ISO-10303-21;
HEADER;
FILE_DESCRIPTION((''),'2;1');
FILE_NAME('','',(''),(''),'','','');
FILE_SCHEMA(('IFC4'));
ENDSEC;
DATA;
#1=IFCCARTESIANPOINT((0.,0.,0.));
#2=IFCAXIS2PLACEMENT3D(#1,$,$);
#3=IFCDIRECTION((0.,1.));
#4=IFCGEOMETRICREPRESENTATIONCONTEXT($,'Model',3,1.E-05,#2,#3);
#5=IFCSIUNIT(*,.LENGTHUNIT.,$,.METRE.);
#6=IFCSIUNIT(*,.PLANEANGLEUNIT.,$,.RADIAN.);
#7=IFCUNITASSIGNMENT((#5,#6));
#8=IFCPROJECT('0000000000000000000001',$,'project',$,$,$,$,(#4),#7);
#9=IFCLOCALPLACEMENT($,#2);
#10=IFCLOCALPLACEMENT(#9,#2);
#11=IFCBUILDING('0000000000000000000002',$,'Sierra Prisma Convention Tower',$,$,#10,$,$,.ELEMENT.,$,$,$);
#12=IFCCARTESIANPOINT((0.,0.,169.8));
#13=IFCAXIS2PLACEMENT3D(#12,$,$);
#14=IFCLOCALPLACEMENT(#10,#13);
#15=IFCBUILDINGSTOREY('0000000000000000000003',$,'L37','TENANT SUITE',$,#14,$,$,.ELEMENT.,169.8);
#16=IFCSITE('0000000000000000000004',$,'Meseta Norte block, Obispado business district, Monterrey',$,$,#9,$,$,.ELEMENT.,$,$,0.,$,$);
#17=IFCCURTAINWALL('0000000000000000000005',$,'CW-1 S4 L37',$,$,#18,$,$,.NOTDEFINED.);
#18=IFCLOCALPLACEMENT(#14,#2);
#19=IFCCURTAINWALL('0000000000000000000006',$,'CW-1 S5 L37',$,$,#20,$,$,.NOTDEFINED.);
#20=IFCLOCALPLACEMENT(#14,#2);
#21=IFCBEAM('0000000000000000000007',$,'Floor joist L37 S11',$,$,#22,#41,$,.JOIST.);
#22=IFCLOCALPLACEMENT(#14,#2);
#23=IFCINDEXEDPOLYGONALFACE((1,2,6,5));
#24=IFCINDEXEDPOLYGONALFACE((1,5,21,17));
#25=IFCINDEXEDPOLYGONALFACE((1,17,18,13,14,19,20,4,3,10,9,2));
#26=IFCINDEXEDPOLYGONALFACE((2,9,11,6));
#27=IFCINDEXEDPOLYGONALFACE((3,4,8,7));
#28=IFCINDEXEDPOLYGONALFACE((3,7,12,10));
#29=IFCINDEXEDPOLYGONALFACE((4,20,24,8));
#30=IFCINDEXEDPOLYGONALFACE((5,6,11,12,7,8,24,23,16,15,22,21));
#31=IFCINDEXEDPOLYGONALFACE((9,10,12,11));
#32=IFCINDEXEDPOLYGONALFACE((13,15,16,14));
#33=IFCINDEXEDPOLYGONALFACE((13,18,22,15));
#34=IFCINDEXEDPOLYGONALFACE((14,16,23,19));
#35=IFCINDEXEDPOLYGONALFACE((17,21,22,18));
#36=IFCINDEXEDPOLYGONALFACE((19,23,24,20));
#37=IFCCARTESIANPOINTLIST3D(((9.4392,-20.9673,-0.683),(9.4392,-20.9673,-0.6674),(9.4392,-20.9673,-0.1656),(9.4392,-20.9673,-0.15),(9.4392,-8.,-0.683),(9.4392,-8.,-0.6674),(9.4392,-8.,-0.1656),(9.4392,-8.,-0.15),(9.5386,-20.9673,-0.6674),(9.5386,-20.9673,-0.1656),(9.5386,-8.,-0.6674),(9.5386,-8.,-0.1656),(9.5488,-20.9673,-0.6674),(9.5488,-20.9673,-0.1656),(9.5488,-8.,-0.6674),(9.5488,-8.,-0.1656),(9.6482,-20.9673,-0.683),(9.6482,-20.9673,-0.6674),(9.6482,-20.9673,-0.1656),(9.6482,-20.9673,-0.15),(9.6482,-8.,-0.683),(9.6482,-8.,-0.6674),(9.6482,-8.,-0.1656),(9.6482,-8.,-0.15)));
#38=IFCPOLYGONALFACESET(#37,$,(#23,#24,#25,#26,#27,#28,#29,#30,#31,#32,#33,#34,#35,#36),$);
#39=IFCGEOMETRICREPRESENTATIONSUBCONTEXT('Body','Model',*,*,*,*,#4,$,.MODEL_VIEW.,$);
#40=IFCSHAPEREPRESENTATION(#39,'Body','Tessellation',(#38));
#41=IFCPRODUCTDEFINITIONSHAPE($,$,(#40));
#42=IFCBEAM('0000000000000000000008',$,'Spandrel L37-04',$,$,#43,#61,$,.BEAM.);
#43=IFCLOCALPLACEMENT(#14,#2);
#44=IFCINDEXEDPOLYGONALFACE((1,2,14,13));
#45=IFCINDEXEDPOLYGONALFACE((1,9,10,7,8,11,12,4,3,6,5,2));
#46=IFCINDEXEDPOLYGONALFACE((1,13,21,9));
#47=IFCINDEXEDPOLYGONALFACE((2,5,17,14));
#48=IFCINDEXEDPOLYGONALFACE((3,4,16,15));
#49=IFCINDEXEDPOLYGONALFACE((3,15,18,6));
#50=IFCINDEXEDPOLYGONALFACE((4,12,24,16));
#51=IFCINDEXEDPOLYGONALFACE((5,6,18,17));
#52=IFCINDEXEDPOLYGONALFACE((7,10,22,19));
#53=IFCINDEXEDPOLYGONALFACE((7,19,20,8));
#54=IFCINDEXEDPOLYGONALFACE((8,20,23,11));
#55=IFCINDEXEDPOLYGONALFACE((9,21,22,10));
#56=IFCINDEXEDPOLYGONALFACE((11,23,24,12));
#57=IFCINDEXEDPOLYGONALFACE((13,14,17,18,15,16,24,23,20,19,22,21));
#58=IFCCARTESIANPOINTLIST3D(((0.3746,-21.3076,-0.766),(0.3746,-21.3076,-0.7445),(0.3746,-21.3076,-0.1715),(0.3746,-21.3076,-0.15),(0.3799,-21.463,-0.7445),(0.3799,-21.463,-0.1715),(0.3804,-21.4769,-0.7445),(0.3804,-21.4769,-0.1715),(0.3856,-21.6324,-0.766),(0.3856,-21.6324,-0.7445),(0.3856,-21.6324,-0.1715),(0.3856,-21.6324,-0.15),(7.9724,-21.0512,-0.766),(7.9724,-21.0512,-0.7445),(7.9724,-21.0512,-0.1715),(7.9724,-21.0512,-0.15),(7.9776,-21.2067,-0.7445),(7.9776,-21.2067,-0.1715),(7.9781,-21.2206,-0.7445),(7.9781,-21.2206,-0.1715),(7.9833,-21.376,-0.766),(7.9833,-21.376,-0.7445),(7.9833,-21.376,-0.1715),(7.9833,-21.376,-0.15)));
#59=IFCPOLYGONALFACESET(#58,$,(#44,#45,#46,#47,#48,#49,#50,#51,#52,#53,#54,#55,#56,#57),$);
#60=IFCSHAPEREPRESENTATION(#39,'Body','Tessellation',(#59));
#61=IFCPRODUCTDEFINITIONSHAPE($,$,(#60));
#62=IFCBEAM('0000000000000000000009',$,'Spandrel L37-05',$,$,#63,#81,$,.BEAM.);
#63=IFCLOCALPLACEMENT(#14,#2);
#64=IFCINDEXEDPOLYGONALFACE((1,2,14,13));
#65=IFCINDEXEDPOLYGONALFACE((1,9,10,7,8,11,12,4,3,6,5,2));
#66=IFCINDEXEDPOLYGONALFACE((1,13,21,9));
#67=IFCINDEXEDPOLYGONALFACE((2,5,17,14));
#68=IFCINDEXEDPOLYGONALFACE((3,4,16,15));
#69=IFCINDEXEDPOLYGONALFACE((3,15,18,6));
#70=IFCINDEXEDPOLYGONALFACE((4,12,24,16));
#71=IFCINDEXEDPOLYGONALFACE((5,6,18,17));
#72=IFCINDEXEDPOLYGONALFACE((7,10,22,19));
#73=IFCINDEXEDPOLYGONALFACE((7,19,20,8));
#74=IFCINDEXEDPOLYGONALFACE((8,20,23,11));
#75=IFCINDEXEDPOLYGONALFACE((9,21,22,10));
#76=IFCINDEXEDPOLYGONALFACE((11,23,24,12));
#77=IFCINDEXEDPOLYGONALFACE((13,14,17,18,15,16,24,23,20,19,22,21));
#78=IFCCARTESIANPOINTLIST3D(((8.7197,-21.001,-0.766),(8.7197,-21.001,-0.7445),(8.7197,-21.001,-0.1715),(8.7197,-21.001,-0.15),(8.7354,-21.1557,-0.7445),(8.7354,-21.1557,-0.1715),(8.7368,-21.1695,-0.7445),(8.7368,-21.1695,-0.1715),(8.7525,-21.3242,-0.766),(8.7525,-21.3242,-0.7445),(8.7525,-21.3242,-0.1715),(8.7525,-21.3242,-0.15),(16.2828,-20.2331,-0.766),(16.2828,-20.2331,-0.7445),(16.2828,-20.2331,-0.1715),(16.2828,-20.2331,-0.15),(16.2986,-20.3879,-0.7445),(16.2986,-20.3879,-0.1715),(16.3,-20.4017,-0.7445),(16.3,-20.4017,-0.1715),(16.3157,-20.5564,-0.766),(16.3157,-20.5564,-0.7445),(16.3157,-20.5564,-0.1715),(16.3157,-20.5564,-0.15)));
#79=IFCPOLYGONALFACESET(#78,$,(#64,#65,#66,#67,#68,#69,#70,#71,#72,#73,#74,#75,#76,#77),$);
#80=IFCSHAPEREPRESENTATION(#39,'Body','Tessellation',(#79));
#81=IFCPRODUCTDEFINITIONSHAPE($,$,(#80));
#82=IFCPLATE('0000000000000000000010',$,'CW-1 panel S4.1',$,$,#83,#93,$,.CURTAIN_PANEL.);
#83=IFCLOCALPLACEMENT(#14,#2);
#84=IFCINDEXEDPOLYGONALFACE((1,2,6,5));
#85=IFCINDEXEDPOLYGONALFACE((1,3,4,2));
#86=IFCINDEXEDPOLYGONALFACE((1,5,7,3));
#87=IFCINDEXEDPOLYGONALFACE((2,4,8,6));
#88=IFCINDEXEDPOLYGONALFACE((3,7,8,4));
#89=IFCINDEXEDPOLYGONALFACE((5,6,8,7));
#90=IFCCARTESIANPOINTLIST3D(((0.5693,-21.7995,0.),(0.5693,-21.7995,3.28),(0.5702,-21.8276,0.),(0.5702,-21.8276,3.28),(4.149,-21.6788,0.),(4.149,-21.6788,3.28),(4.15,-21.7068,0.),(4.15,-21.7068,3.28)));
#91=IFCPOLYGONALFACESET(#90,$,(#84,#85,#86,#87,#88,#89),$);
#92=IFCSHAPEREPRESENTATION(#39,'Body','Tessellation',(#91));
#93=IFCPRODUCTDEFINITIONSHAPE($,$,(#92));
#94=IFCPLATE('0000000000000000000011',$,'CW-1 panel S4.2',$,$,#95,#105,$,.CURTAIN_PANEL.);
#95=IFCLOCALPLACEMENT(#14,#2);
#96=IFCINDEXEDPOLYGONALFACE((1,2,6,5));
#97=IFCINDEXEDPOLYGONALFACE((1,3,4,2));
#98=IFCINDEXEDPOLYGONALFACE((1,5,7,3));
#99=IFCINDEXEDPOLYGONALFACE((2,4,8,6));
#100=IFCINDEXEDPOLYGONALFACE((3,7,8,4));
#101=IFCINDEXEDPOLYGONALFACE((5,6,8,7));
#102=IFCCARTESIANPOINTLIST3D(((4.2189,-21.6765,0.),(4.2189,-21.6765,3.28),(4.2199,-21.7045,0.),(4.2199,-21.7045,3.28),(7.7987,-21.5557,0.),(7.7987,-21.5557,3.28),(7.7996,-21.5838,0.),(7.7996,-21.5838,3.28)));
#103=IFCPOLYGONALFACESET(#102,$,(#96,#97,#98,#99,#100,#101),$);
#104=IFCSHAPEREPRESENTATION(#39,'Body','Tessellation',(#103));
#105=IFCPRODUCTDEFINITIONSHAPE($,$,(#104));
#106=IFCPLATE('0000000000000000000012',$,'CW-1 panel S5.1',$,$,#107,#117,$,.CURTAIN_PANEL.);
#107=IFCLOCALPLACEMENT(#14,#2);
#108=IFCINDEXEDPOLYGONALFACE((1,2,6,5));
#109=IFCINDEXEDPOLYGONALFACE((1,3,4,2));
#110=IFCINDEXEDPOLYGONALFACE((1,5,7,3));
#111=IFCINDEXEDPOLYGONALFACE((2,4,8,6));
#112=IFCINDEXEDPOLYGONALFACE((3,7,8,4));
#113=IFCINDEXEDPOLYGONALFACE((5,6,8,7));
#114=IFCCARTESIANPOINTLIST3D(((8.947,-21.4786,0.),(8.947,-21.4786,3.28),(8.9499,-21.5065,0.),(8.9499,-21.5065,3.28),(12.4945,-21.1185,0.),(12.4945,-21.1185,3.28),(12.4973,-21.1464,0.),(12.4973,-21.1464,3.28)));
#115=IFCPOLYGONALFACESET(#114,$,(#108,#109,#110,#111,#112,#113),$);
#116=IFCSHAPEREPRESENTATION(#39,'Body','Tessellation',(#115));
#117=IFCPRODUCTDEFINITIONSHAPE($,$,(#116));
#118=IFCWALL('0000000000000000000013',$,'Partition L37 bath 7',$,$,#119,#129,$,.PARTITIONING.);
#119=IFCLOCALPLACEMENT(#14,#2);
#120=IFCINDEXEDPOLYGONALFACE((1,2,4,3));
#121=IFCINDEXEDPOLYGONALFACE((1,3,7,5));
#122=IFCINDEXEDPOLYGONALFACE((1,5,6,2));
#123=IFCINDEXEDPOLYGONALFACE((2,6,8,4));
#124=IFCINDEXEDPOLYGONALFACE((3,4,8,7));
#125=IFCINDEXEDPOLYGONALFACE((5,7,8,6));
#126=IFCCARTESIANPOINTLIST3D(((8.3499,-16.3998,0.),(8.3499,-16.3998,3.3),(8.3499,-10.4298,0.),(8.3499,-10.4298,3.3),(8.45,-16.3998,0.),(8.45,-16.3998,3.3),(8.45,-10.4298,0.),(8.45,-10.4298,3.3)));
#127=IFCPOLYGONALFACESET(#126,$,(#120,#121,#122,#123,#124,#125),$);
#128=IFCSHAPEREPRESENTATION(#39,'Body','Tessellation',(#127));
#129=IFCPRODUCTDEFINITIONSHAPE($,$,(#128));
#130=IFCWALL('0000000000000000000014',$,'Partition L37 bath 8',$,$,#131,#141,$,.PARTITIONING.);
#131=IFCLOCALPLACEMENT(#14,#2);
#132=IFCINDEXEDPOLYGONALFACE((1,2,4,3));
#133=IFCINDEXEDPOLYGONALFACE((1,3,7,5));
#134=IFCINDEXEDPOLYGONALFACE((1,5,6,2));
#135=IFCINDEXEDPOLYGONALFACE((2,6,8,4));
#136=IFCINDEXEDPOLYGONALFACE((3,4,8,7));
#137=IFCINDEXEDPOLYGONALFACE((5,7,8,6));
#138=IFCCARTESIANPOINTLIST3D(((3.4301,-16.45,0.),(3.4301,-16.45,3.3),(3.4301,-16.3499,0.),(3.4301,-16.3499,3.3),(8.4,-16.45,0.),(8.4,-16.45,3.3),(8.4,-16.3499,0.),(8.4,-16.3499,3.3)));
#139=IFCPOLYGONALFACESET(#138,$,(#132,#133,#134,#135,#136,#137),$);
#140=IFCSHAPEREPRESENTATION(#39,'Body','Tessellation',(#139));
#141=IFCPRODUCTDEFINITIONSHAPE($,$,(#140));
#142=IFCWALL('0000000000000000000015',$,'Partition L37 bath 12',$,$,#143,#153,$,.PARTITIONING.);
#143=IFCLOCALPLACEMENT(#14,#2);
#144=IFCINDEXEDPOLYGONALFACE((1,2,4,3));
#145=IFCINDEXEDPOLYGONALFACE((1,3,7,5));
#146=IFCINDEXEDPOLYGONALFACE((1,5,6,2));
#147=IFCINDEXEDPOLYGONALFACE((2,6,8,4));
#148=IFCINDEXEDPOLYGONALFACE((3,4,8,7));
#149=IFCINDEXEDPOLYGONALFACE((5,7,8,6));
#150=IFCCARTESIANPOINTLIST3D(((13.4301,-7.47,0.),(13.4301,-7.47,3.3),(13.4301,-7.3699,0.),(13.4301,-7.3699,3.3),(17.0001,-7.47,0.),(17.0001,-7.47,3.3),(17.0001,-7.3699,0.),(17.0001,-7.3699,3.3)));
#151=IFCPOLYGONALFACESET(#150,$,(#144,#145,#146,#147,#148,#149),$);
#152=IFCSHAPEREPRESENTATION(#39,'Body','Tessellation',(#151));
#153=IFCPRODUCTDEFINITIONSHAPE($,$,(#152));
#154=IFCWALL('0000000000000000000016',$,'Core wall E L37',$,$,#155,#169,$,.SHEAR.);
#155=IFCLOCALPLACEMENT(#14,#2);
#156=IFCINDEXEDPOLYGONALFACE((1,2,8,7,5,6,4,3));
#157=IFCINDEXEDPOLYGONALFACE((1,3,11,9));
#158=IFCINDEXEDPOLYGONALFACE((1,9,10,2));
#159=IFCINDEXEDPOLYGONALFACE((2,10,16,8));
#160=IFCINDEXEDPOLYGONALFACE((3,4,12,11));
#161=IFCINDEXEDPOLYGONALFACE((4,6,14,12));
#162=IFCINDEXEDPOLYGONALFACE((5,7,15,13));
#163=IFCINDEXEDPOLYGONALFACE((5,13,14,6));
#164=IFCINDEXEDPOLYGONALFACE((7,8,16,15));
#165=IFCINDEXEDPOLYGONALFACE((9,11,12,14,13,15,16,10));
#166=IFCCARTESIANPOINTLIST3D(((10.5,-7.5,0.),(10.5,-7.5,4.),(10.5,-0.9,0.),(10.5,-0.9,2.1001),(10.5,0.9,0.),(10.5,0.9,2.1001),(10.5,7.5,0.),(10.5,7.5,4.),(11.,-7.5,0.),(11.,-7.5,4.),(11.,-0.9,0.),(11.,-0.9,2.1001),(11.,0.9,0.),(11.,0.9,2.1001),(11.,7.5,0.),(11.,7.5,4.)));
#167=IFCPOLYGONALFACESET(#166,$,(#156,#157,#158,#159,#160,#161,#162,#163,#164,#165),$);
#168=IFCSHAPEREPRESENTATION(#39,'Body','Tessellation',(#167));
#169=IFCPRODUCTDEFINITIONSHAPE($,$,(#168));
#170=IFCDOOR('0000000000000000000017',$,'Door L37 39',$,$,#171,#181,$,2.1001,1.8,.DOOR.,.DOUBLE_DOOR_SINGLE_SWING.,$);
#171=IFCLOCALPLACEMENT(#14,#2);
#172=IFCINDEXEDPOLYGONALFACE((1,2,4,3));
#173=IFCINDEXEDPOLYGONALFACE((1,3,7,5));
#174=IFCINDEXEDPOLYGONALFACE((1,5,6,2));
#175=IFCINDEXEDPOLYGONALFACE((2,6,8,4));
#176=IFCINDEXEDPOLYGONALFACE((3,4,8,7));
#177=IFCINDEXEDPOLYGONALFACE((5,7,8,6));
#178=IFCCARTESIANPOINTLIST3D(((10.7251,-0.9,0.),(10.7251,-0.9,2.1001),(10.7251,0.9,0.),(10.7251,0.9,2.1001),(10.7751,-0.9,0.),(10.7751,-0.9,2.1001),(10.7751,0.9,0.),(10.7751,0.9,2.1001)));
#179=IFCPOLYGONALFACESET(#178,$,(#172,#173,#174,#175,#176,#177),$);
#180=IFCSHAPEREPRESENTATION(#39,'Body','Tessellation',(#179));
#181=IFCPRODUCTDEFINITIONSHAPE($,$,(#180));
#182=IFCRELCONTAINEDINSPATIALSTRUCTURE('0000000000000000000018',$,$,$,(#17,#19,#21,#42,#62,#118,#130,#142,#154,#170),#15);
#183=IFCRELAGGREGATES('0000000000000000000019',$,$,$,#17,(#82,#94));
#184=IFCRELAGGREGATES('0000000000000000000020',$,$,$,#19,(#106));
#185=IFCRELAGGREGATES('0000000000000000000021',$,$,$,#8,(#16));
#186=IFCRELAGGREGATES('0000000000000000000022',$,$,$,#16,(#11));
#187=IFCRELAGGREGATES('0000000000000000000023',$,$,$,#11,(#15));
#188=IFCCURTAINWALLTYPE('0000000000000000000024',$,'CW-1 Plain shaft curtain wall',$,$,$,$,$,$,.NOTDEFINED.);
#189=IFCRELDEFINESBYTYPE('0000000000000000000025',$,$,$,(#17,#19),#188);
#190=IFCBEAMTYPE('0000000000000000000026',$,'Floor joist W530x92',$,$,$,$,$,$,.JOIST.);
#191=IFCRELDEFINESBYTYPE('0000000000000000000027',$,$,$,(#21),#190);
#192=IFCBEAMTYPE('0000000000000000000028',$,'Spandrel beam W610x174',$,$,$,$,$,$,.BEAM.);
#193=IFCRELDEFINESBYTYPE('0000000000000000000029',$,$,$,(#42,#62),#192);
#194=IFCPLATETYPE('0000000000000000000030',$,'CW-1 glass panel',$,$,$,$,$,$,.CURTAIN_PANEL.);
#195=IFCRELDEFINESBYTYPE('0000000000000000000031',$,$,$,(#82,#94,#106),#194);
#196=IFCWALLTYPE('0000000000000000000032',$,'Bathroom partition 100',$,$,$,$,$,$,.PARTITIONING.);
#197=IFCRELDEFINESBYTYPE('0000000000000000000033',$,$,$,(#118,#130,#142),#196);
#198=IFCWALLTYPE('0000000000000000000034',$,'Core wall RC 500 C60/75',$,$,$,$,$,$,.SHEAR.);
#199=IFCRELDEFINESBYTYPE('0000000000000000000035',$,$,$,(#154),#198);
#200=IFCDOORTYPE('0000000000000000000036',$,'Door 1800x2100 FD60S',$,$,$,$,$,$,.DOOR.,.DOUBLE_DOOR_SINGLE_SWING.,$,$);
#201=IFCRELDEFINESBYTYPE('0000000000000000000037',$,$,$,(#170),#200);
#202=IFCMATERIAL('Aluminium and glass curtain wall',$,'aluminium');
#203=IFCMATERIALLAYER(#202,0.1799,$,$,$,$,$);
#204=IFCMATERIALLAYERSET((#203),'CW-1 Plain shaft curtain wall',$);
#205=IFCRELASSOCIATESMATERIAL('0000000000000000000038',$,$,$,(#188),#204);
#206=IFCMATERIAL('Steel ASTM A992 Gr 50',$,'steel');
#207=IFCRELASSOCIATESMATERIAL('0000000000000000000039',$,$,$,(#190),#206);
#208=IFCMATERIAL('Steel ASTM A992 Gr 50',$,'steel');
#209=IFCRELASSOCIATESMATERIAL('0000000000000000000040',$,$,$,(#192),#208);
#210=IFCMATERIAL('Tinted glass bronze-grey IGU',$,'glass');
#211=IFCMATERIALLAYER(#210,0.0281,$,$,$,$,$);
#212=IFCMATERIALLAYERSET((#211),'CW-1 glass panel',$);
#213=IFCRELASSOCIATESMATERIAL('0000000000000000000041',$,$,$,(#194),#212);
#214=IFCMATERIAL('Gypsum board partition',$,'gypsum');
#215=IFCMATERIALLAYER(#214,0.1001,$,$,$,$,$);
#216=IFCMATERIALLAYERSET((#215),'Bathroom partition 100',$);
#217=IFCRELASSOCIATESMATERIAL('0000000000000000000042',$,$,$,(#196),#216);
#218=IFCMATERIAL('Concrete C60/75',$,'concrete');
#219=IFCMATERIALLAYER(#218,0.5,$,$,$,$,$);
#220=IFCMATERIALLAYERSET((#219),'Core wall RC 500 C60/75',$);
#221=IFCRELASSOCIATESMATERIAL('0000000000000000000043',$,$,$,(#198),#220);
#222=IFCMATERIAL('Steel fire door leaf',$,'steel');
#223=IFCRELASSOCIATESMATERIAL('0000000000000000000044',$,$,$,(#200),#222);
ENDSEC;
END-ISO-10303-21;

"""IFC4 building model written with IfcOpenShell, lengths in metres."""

from ifc_helpers import new_model, si_unit, direction, frame, frame_2d, origin, origin_2d, place, context, subcontext, project, spatial, rectangle, i_section, extrude, material, layer, layer_set, material_profile, profile_set, type_object, element, fill, aggregate, save


model = new_model("IFC4")

# Units and contexts
model_context = context("Model", 3, precision=1e-05, world=origin(), true_north=direction((0.0, 1.0)))
body_context = subcontext(model_context, "Body", "Model", "MODEL_VIEW")
ifc_project = project(units=[si_unit("LENGTHUNIT", "METRE"), si_unit("PLANEANGLEUNIT", "RADIAN")], contexts=[model_context])

# Site, building, storey
site_placement = place(None, origin())
site = spatial("IfcSite", under=ifc_project, at=site_placement, Name="Meseta Norte block, Obispado business district, Monterrey", CompositionType="ELEMENT", RefElevation=0.0)
building_placement = place(site_placement, origin())
building = spatial("IfcBuilding", under=site, at=building_placement, Name="Sierra Prisma Convention Tower", CompositionType="ELEMENT")
storey_placement = place(building_placement, frame((0.0, 0.0, 169.8)))
storey = spatial("IfcBuildingStorey", under=building, at=storey_placement, Name="L37", Description="TENANT SUITE", CompositionType="ELEMENT", Elevation=169.8)

# Curtain wall
ifc_material_1 = material(Name="Aluminium and glass curtain wall", Category="aluminium")
ifc_layer_1 = layer(ifc_material_1, 0.1799)
ifc_layer_set_1 = layer_set([ifc_layer_1], Name="CW-1 Plain shaft curtain wall")
curtain_wall_type = type_object("IfcCurtainWallType", Name="CW-1 Plain shaft curtain wall", PredefinedType="NOTDEFINED", material=ifc_layer_set_1)
curtain_wall_1_placement = place(storey_placement, origin())
curtain_wall_1 = element("IfcCurtainWall", 1, at=curtain_wall_1_placement, inside=storey, type_object=curtain_wall_type, Name="CW-1 S4 L37", PredefinedType="NOTDEFINED")

# Curtain wall
curtain_wall_2_placement = place(storey_placement, origin())
curtain_wall_2 = element("IfcCurtainWall", 2, at=curtain_wall_2_placement, inside=storey, type_object=curtain_wall_type, Name="CW-1 S5 L37", PredefinedType="NOTDEFINED")

# Beams
ifc_material_2 = material(Name="Steel ASTM A992 Gr 50", Category="steel")
ifc_material_profile_1 = material_profile(ifc_material_2, i_section(OverallWidth=0.209, OverallDepth=0.533, WebThickness=0.0103, FlangeThickness=0.0156, at=origin_2d()), Name="W530x92")
ifc_profile_set_1 = profile_set([ifc_material_profile_1], Name="Steel ASTM A992 Gr 50")
beam_type_1 = type_object("IfcBeamType", Name="Floor joist W530x92", PredefinedType="JOIST", material=ifc_profile_set_1)
beam_1_placement = place(storey_placement, frame((9.5437, -20.9673, -0.4165), z_axis=(0.0, 1.0, 0.0), x_axis=(-1.0, 0.0, 0.0)))
element("IfcBeam", 3, at=beam_1_placement, inside=storey, type_object=beam_type_1, Name="Floor joist L37 S11", PredefinedType="JOIST", context=body_context, shape_type="SweptSolid", body=[
    extrude(i_section(OverallWidth=0.209, OverallDepth=0.533, WebThickness=0.0103, FlangeThickness=0.0156, at=origin_2d()), origin(), (0.0, 0.0, 1.0), 12.9673),
])
ifc_material_3 = material(Name="Steel ASTM A992 Gr 50", Category="steel")
ifc_material_profile_2 = material_profile(ifc_material_3, i_section(OverallWidth=0.325, OverallDepth=0.616, WebThickness=0.0139, FlangeThickness=0.0215, at=origin_2d()), Name="W610x174")
ifc_profile_set_2 = profile_set([ifc_material_profile_2], Name="Steel ASTM A992 Gr 50")
beam_type_2 = type_object("IfcBeamType", Name="Spandrel beam W610x174", PredefinedType="BEAM", material=ifc_profile_set_2)
for number, where, z_axis, x_axis, name in (
    (4, (0.3801, -21.47, -0.458), (0.999431, 0.033721, 0.0), (-0.033721, 0.999431, 0.0), "Spandrel L37-04"),
    (5, (8.7361, -21.1626, -0.458), (0.994886, 0.101001, 0.0), (-0.101001, 0.994886, 0.0), "Spandrel L37-05"),
):
    element("IfcBeam", number, at=place(storey_placement, frame(where, z_axis=z_axis, x_axis=x_axis)), inside=storey, type_object=beam_type_2, Name=name, PredefinedType="BEAM", context=body_context, shape_type="SweptSolid", body=[
        extrude(i_section(OverallWidth=0.325, OverallDepth=0.616, WebThickness=0.0139, FlangeThickness=0.0215, at=origin_2d()), origin(), (0.0, 0.0, 1.0), 7.6021),
    ])

# Plates
ifc_material_4 = material(Name="Tinted glass bronze-grey IGU", Category="glass")
ifc_layer_2 = layer(ifc_material_4, 0.0281)
ifc_layer_set_2 = layer_set([ifc_layer_2], Name="CW-1 glass panel")
plate_type = type_object("IfcPlateType", Name="CW-1 glass panel", PredefinedType="CURTAIN_PANEL", material=ifc_layer_set_2)
plate_1_placement = place(storey_placement, frame((2.3596, -21.7532, 0.0), z_axis=(0.0, 0.0, 1.0), x_axis=(0.999432, 0.033714, 0.0)))
plate_1 = element("IfcPlate", 6, at=plate_1_placement, type_object=plate_type, Name="CW-1 panel S4.1", PredefinedType="CURTAIN_PANEL", context=body_context, shape_type="SweptSolid", body=[
    extrude(rectangle(XDim=3.5818, YDim=0.0281, at=origin_2d()), origin(), (0.0, 0.0, 1.0), 3.28),
])
plate_2_placement = place(storey_placement, frame((6.0093, -21.6301, 0.0), z_axis=(0.0, 0.0, 1.0), x_axis=(0.999432, 0.033714, 0.0)))
plate_2 = element("IfcPlate", 7, at=plate_2_placement, type_object=plate_type, Name="CW-1 panel S4.2", PredefinedType="CURTAIN_PANEL", context=body_context, shape_type="SweptSolid", body=[
    extrude(rectangle(XDim=3.5818, YDim=0.0281, at=origin_2d()), origin(), (0.0, 0.0, 1.0), 3.28),
])
aggregate(curtain_wall_1, [plate_1, plate_2])
plate_3_placement = place(storey_placement, frame((10.7222, -21.3125, 0.0), z_axis=(0.0, 0.0, 1.0), x_axis=(0.994888, 0.100989, 0.0)))
plate_3 = element("IfcPlate", 8, at=plate_3_placement, type_object=plate_type, Name="CW-1 panel S5.1", PredefinedType="CURTAIN_PANEL", context=body_context, shape_type="SweptSolid", body=[
    extrude(rectangle(XDim=3.5657, YDim=0.0281, at=origin_2d()), origin(), (0.0, 0.0, 1.0), 3.28),
])
aggregate(curtain_wall_2, [plate_3])

# Walls
ifc_material_5 = material(Name="Gypsum board partition", Category="gypsum")
ifc_layer_3 = layer(ifc_material_5, 0.1001)
ifc_layer_set_3 = layer_set([ifc_layer_3], Name="Bathroom partition 100")
wall_type_1 = type_object("IfcWallType", Name="Bathroom partition 100", PredefinedType="PARTITIONING", material=ifc_layer_set_3)
wall_1_placement = place(storey_placement, frame((8.3999, -10.4299, 0.0), z_axis=(0.0, 0.0, 1.0), x_axis=(0.0, -1.0, 0.0)))
element("IfcWall", 9, at=wall_1_placement, inside=storey, type_object=wall_type_1, Name="Partition L37 bath 7", PredefinedType="PARTITIONING", context=body_context, shape_type="SweptSolid", body=[
    extrude(rectangle(XDim=5.97, YDim=0.1001, at=frame_2d((2.9849, 0.0))), origin(), (0.0, 0.0, 1.0), 3.3),
])
wall_2_placement = place(storey_placement, frame((8.3999, -16.3999, 0.0), z_axis=(0.0, 0.0, 1.0), x_axis=(-1.0, 0.0, 0.0)))
element("IfcWall", 10, at=wall_2_placement, inside=storey, type_object=wall_type_1, Name="Partition L37 bath 8", PredefinedType="PARTITIONING", context=body_context, shape_type="SweptSolid", body=[
    extrude(rectangle(XDim=4.97, YDim=0.1001, at=frame_2d((2.4849, 0.0))), origin(), (0.0, 0.0, 1.0), 3.3),
])
wall_3_placement = place(storey_placement, frame((13.4299, -7.4199, 0.0), z_axis=(0.0, 0.0, 1.0), x_axis=(1.0, 0.0, 0.0)))
element("IfcWall", 11, at=wall_3_placement, inside=storey, type_object=wall_type_1, Name="Partition L37 bath 12", PredefinedType="PARTITIONING", context=body_context, shape_type="SweptSolid", body=[
    extrude(rectangle(XDim=3.5701, YDim=0.1001, at=frame_2d((1.7852, 0.0))), origin(), (0.0, 0.0, 1.0), 3.3),
])

# Wall, opening, door
ifc_material_6 = material(Name="Concrete C60/75", Category="concrete")
ifc_layer_4 = layer(ifc_material_6, 0.5)
ifc_layer_set_4 = layer_set([ifc_layer_4], Name="Core wall RC 500 C60/75")
wall_type_2 = type_object("IfcWallType", Name="Core wall RC 500 C60/75", PredefinedType="SHEAR", material=ifc_layer_set_4)
wall_4_placement = place(storey_placement, frame((10.75, -7.5, 0.0), z_axis=(0.0, 0.0, 1.0), x_axis=(0.0, 1.0, 0.0)))
wall_4 = element("IfcWall", 12, at=wall_4_placement, inside=storey, type_object=wall_type_2, Name="Core wall E L37", PredefinedType="SHEAR", context=body_context, shape_type="SweptSolid", body=[
    extrude(rectangle(XDim=15.0, YDim=0.5, at=frame_2d((7.5, 0.0))), origin(), (0.0, 0.0, 1.0), 4.0),
])
opening_1_placement = place(wall_4_placement, frame((6.6001, 0.0, 0.0)))
opening_1 = element("IfcOpeningElement", 13, at=opening_1_placement, cuts=wall_4, PredefinedType="OPENING", context=body_context, shape_type="SweptSolid", body=[
    extrude(rectangle(XDim=1.8, YDim=2.1001, at=frame_2d((0.8999, 1.05))), frame((0.0, 0.25, 0.0), z_axis=(0.0, -1.0, 0.0), x_axis=(1.0, 0.0, 0.0)), (0.0, 0.0, 1.0), 0.5),
])
ifc_material_7 = material(Name="Steel fire door leaf", Category="steel")
door_type_1 = type_object("IfcDoorType", Name="Door 1800x2100 FD60S", OperationType="DOUBLE_DOOR_SINGLE_SWING", PredefinedType="DOOR", material=ifc_material_7)
door_1_placement = place(opening_1_placement, origin())
door_1 = element("IfcDoor", 14, at=door_1_placement, inside=storey, type_object=door_type_1, Name="Door L37 39", OperationType="DOUBLE_DOOR_SINGLE_SWING", OverallHeight=2.1001, OverallWidth=1.8, PredefinedType="DOOR", context=body_context, shape_type="SweptSolid", body=[
    extrude(rectangle(XDim=1.8, YDim=2.1001, at=frame_2d((0.8999, 1.05))), frame((0.0, 0.0249, 0.0), z_axis=(0.0, -1.0, 0.0), x_axis=(1.0, 0.0, 0.0)), (0.0, 0.0, 1.0), 0.05),
])
fill(opening_1, door_1)

save(model, "model.ifc")
